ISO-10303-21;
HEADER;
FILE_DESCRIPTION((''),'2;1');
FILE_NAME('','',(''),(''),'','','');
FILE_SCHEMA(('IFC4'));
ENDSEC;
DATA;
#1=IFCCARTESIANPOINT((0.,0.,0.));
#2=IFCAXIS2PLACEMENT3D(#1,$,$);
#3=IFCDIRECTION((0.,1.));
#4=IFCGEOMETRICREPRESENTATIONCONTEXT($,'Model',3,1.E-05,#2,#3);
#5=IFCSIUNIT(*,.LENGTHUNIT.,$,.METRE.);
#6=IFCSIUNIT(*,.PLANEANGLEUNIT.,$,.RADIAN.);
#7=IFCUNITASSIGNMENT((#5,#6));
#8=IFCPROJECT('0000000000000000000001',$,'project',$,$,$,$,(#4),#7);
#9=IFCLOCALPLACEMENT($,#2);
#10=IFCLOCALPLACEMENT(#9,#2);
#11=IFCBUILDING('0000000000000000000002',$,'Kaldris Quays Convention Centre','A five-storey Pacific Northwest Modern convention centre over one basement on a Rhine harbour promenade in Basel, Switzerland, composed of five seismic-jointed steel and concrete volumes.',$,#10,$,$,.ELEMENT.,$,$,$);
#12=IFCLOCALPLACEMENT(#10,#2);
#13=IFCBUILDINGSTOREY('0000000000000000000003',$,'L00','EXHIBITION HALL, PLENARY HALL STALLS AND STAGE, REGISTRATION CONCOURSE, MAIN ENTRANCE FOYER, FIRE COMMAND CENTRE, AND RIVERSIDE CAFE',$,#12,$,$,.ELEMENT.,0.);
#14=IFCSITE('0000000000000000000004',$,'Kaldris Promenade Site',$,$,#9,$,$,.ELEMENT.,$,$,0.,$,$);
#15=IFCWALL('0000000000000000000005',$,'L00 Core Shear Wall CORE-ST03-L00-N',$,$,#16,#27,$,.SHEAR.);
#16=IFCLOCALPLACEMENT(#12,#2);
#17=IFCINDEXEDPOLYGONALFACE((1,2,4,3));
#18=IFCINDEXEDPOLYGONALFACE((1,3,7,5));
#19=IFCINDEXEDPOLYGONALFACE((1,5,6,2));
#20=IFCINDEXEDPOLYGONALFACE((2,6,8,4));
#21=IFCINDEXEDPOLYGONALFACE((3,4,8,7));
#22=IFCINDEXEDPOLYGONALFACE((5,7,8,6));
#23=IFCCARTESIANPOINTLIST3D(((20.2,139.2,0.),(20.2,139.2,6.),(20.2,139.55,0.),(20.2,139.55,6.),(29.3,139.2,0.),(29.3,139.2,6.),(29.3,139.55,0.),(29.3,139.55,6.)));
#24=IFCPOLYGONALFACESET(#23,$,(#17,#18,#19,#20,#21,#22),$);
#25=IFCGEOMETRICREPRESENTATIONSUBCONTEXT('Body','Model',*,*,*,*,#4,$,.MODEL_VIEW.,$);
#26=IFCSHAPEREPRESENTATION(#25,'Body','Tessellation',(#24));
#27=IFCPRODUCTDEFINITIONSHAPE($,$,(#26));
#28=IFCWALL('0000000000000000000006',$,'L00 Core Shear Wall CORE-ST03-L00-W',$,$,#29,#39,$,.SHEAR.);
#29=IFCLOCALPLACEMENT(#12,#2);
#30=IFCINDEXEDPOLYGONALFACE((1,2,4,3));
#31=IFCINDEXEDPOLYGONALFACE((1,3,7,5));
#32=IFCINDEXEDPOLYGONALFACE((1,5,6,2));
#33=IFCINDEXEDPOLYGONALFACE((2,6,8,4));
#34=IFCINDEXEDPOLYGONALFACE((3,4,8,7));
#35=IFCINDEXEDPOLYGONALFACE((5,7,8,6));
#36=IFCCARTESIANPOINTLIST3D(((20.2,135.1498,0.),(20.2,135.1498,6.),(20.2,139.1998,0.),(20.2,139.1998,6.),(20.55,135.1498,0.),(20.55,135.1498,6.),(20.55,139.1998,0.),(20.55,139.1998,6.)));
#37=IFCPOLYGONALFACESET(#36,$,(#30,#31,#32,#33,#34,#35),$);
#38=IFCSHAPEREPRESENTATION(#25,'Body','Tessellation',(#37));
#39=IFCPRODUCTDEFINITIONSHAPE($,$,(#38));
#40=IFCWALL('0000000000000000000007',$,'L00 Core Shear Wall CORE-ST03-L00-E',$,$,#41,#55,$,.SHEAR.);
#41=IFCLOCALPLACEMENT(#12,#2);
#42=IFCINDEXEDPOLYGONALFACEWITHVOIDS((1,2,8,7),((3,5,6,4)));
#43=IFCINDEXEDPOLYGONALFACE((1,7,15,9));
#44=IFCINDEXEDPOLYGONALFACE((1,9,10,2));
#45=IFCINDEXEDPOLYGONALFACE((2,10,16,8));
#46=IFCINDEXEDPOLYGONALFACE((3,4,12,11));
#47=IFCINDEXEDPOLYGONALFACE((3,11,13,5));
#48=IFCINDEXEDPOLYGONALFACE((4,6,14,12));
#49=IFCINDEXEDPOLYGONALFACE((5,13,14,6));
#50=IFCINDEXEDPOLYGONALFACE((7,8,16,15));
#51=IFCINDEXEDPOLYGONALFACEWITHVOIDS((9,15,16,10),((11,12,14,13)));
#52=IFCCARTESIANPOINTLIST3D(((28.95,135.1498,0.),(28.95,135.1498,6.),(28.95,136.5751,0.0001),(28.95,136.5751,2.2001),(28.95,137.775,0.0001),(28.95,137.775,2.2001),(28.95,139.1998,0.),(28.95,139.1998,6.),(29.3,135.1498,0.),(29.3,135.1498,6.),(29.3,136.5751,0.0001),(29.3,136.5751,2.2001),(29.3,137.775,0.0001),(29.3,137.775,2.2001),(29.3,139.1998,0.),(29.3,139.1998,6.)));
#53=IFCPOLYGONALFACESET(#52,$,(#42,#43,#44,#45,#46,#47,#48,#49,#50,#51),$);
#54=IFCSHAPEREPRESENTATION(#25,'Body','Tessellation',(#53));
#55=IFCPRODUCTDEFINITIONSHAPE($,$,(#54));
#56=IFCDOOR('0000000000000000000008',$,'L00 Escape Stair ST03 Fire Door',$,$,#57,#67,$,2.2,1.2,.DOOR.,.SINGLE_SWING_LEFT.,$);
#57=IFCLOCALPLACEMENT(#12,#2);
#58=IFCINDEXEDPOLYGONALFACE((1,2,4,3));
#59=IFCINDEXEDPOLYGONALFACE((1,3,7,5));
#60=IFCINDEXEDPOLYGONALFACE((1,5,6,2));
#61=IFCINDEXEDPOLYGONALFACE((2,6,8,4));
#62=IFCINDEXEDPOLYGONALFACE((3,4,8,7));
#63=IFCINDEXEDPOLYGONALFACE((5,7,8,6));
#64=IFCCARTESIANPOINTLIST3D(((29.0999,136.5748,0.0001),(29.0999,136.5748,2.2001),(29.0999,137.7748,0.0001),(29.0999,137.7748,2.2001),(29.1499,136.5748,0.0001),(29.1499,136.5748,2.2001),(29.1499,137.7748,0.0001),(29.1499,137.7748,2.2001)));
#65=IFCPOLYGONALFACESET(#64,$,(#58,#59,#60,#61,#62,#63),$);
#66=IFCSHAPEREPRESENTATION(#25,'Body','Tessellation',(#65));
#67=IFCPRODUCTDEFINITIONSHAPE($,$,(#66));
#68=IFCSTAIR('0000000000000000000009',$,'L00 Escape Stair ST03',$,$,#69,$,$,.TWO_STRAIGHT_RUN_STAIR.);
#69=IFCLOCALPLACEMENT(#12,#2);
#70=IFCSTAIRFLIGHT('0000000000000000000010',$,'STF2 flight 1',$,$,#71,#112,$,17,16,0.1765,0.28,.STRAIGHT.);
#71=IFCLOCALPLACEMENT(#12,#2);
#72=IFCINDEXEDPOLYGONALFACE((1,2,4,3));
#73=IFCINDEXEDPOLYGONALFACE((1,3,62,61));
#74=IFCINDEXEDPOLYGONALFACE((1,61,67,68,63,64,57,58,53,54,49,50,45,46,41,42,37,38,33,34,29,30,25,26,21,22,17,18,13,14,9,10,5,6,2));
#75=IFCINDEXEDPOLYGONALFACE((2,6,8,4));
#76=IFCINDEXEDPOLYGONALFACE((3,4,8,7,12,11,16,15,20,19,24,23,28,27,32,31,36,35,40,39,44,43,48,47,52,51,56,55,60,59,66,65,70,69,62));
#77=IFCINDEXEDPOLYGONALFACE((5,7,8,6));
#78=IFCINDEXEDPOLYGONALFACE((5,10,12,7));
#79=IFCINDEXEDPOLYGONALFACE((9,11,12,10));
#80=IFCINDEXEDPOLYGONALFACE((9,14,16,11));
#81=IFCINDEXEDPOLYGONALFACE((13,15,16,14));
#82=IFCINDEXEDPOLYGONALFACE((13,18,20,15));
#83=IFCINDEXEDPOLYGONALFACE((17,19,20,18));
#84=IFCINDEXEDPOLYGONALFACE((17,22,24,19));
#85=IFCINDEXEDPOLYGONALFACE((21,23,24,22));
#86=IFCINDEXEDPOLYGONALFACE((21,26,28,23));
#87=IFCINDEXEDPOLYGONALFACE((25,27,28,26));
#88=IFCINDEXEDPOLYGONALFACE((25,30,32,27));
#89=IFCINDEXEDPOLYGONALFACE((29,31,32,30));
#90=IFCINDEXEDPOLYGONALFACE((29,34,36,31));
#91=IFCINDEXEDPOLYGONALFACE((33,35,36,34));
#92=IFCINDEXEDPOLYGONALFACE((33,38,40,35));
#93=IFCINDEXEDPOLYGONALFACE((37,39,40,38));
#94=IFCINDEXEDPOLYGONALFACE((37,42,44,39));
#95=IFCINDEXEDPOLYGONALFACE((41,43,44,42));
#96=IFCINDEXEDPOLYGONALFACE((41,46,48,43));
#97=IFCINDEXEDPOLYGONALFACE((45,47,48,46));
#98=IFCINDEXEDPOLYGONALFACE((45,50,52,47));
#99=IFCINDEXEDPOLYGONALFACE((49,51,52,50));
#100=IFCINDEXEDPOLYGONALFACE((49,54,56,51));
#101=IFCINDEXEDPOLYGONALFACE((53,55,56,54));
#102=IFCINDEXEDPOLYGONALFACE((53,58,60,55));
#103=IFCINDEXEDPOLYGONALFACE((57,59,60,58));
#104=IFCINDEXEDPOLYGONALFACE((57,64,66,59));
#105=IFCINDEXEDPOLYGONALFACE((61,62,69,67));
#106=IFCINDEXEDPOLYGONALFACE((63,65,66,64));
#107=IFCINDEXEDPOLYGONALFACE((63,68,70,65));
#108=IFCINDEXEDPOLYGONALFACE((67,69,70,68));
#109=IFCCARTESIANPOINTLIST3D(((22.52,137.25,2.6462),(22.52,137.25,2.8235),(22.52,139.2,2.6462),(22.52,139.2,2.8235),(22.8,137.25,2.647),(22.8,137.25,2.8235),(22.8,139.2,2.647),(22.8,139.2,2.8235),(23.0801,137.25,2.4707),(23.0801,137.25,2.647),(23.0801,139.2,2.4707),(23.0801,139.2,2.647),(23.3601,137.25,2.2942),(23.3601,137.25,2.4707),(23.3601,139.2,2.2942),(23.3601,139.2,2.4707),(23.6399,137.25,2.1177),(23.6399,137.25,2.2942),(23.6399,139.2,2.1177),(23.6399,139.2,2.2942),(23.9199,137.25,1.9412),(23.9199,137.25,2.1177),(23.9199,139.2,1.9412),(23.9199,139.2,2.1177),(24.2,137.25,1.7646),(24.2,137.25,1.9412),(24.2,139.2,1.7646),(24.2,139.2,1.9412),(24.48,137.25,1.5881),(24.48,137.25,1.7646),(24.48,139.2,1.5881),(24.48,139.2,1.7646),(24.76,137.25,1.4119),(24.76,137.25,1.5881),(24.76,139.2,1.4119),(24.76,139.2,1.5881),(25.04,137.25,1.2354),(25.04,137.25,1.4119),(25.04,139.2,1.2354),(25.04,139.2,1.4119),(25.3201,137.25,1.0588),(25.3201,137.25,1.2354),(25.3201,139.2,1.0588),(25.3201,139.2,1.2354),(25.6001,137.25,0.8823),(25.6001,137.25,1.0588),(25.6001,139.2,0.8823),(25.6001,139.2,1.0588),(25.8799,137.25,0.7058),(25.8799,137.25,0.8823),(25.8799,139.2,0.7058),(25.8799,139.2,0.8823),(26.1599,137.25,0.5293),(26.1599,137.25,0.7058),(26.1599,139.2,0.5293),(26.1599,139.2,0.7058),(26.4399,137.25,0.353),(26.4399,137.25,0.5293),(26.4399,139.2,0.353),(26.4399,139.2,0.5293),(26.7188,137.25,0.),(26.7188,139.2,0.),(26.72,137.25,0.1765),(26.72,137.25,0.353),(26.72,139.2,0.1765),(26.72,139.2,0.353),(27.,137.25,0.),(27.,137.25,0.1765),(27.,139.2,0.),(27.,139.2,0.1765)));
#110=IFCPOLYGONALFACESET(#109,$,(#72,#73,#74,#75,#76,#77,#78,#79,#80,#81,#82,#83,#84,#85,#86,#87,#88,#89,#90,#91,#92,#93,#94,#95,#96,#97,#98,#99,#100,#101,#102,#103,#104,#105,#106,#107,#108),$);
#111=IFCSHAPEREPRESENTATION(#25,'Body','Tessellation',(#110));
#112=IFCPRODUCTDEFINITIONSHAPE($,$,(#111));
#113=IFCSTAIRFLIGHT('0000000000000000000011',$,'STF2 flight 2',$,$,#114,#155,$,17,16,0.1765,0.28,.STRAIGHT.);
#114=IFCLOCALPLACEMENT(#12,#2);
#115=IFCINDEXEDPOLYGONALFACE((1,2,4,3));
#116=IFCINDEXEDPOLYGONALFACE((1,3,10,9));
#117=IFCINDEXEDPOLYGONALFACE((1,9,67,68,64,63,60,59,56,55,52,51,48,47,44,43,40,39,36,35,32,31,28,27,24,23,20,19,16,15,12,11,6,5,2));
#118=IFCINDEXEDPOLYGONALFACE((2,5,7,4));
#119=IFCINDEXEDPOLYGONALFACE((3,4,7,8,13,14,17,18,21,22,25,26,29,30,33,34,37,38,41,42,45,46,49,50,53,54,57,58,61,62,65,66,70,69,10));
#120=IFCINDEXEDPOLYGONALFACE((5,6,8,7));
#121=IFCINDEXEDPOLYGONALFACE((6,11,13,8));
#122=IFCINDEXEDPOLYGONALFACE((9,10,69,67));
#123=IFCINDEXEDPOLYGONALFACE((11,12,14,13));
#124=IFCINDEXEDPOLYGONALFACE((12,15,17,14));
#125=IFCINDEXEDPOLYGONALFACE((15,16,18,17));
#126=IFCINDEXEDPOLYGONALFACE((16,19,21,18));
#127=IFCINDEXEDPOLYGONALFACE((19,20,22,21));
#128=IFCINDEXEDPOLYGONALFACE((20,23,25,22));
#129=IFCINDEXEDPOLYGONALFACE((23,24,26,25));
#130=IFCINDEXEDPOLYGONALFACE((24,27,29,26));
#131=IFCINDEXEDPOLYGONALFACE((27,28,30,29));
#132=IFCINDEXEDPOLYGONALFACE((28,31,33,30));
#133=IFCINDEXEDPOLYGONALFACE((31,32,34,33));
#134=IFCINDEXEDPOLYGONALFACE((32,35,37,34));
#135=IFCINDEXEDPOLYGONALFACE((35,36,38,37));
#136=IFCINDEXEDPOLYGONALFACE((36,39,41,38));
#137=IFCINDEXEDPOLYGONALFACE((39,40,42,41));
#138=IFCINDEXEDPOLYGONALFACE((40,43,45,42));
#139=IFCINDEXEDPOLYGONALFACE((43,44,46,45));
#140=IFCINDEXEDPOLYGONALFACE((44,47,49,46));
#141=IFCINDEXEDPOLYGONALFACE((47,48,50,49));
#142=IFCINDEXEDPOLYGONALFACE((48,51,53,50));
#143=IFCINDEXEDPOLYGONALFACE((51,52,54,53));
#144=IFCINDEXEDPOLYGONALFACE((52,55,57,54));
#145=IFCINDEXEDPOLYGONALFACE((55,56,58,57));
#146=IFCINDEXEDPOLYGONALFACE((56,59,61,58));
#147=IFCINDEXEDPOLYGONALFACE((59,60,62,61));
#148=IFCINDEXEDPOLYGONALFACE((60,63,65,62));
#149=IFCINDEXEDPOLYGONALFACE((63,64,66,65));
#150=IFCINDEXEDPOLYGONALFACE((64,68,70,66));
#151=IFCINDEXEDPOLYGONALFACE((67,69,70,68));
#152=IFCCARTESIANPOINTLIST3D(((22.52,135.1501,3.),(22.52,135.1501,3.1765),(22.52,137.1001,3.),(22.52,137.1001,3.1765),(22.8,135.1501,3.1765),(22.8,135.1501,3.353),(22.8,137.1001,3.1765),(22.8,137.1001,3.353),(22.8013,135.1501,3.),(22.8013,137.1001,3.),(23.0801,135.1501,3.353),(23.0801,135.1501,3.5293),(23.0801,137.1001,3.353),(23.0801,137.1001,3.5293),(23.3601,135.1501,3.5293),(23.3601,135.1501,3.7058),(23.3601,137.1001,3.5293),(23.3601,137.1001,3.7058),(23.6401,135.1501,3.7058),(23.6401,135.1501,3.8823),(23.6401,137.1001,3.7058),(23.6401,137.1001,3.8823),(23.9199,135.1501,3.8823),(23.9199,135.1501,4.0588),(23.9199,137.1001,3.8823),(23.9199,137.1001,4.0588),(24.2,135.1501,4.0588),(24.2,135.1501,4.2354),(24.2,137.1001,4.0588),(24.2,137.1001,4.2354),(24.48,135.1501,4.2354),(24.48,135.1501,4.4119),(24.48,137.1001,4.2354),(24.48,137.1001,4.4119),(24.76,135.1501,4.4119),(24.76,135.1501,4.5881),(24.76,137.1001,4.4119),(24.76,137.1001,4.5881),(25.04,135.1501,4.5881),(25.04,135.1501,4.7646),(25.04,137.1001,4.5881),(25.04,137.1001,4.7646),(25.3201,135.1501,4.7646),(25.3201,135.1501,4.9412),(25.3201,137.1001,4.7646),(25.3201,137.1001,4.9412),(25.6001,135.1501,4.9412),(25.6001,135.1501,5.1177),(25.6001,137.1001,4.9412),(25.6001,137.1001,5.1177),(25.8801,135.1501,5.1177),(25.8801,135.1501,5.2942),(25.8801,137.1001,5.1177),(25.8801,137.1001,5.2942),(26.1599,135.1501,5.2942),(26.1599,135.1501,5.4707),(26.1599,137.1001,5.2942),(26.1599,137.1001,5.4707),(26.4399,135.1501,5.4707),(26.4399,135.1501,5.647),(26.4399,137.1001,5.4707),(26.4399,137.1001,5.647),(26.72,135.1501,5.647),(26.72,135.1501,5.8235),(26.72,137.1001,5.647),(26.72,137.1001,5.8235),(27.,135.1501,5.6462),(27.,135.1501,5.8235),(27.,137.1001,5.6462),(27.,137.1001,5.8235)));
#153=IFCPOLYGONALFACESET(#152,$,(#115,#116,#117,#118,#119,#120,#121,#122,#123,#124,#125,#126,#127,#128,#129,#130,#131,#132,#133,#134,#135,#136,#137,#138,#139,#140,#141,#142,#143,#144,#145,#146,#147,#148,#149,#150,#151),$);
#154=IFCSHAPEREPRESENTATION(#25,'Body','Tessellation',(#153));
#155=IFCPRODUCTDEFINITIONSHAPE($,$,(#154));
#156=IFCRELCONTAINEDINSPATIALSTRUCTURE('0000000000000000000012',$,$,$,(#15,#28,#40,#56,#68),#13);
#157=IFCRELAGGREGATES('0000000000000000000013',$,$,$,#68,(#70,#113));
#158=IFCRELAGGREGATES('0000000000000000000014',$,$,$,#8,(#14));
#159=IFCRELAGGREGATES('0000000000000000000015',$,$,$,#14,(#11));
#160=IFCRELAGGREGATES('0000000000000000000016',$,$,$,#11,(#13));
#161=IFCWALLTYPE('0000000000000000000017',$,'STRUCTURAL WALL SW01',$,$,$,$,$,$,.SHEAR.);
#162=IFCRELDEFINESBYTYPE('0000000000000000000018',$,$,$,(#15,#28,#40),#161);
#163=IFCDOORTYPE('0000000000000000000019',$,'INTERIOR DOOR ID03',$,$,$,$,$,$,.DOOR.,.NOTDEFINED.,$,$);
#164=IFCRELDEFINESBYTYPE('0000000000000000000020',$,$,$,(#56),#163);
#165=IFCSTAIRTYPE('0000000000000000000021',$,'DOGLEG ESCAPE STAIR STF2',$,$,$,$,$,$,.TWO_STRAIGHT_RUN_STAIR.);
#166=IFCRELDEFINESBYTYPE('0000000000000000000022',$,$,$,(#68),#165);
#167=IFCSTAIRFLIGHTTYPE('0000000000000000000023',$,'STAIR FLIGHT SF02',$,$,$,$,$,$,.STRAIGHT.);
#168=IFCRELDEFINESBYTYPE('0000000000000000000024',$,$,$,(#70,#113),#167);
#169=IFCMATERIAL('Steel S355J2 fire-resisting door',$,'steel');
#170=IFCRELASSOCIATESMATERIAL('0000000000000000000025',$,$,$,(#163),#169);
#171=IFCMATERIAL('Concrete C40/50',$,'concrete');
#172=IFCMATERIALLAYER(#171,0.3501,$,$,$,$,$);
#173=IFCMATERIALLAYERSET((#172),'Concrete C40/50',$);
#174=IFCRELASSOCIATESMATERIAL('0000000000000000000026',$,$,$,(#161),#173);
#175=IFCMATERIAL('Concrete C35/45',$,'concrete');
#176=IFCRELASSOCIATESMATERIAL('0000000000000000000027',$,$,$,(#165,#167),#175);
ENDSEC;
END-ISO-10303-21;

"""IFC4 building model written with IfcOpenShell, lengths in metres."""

from ifc_helpers import new_model, si_unit, direction, frame, frame_2d, origin, place, context, subcontext, project, spatial, polyline, rectangle, outline, extrude, material, layer, layer_set, type_object, element, fill, aggregate, save


model = new_model("IFC4")

# Units and contexts
model_context = context("Model", 3, precision=1e-05, world=origin(), true_north=direction((0.0, 1.0)))
body_context = subcontext(model_context, "Body", "Model", "MODEL_VIEW")
ifc_project = project(units=[si_unit("LENGTHUNIT", "METRE"), si_unit("PLANEANGLEUNIT", "RADIAN")], contexts=[model_context])

# Site, building, storey
site_placement = place(None, origin())
site = spatial("IfcSite", under=ifc_project, at=site_placement, Name="Kaldris Promenade Site", CompositionType="ELEMENT", RefElevation=0.0)
building_placement = place(site_placement, origin())
building = spatial("IfcBuilding", under=site, at=building_placement, Name="Kaldris Quays Convention Centre", Description="A five-storey Pacific Northwest Modern convention centre over one basement on a Rhine harbour promenade in Basel, Switzerland, composed of five seismic-jointed steel and concrete volumes.", CompositionType="ELEMENT")
storey_placement = place(building_placement, origin())
storey = spatial("IfcBuildingStorey", under=building, at=storey_placement, Name="L00", Description="EXHIBITION HALL, PLENARY HALL STALLS AND STAGE, REGISTRATION CONCOURSE, MAIN ENTRANCE FOYER, FIRE COMMAND CENTRE, AND RIVERSIDE CAFE", CompositionType="ELEMENT", Elevation=0.0)

# Shared definitions
ifc_material_1 = material(Name="Concrete C35/45", Category="concrete")

# Shared definitions
ifc_material_2 = material(Name="Steel S355J2 fire-resisting door", Category="steel")
door_type_1 = type_object("IfcDoorType", Name="INTERIOR DOOR ID03", OperationType="NOTDEFINED", PredefinedType="DOOR", material=ifc_material_2)

# Walls
ifc_material_3 = material(Name="Concrete C40/50", Category="concrete")
ifc_layer_1 = layer(ifc_material_3, 0.3501)
ifc_layer_set_1 = layer_set([ifc_layer_1], Name="Concrete C40/50")
wall_type_1 = type_object("IfcWallType", Name="STRUCTURAL WALL SW01", PredefinedType="SHEAR", material=ifc_layer_set_1)
for number, where, z_axis, x_axis, name in (
    (1, (20.2, 139.375, 0.0), (0.0, 0.0, 1.0), (1.0, 0.0, 0.0), "L00 Core Shear Wall CORE-ST03-L00-N"),
):
    element("IfcWall", number, at=place(storey_placement, frame(where, z_axis=z_axis, x_axis=x_axis)), inside=storey, type_object=wall_type_1, Name=name, PredefinedType="SHEAR", context=body_context, shape_type="SweptSolid", body=[
        extrude(rectangle(XDim=9.1001, YDim=0.3501, at=frame_2d((4.55, 0.0))), origin(), (0.0, 0.0, 1.0), 6.0),
    ])
wall_1_placement = place(storey_placement, frame((20.375, 135.1499, 0.0), z_axis=(0.0, 0.0, 1.0), x_axis=(0.0, 1.0, 0.0)))
element("IfcWall", 2, at=wall_1_placement, inside=storey, type_object=wall_type_1, Name="L00 Core Shear Wall CORE-ST03-L00-W", PredefinedType="SHEAR", context=body_context, shape_type="SweptSolid", body=[
    extrude(rectangle(XDim=4.05, YDim=0.3501, at=frame_2d((2.0249, 0.0))), origin(), (0.0, 0.0, 1.0), 6.0),
])

# Wall, opening, door
wall_2_placement = place(storey_placement, frame((29.125, 135.1499, 0.0), z_axis=(0.0, 0.0, 1.0), x_axis=(0.0, 1.0, 0.0)))
wall_2 = element("IfcWall", 3, at=wall_2_placement, inside=storey, type_object=wall_type_1, Name="L00 Core Shear Wall CORE-ST03-L00-E", PredefinedType="SHEAR", context=body_context, shape_type="SweptSolid", body=[
    extrude(rectangle(XDim=4.05, YDim=0.3501, at=frame_2d((2.0249, 0.0))), origin(), (0.0, 0.0, 1.0), 6.0),
])
opening_1_placement = place(wall_2_placement, frame((1.425, 0.0, 0.0)))
opening_1 = element("IfcOpeningElement", 4, at=opening_1_placement, cuts=wall_2, PredefinedType="OPENING", context=body_context, shape_type="SweptSolid", body=[
    extrude(rectangle(XDim=1.2, YDim=2.2, at=frame_2d((0.6001, 1.1001))), frame((0.0, 0.1851, 0.0), z_axis=(0.0, -1.0, 0.0), x_axis=(1.0, 0.0, 0.0)), (0.0, 0.0, 1.0), 0.3701),
])
door_1_placement = place(opening_1_placement, frame((1.2, 0.0, 0.0), z_axis=(0.0, 0.0, 1.0), x_axis=(-1.0, 0.0, 0.0)))
door_1 = element("IfcDoor", 5, at=door_1_placement, inside=storey, type_object=door_type_1, Name="L00 Escape Stair ST03 Fire Door", OperationType="SINGLE_SWING_LEFT", OverallHeight=2.2, OverallWidth=1.2, PredefinedType="DOOR", context=body_context, shape_type="SweptSolid", body=[
    extrude(rectangle(XDim=1.2, YDim=2.2, at=frame_2d((0.6001, 1.1001))), frame((0.0, 0.0249, 0.0), z_axis=(0.0, -1.0, 0.0), x_axis=(1.0, 0.0, 0.0)), (0.0, 0.0, 1.0), 0.05),
])
fill(opening_1, door_1)

# Stair, stair flights
stair_type = type_object("IfcStairType", Name="DOGLEG ESCAPE STAIR STF2", PredefinedType="TWO_STRAIGHT_RUN_STAIR", material=ifc_material_1)
stair_placement = place(storey_placement, origin())
stair = element("IfcStair", 6, at=stair_placement, inside=storey, type_object=stair_type, Name="L00 Escape Stair ST03", PredefinedType="TWO_STRAIGHT_RUN_STAIR")
stair_flight_type = type_object("IfcStairFlightType", Name="STAIR FLIGHT SF02", PredefinedType="STRAIGHT", material=ifc_material_1)
stair_flight_1_placement = place(storey_placement, frame((27.0, 138.2251, 0.0), z_axis=(0.0, 0.0, 1.0), x_axis=(-1.0, 0.0, 0.0)))
stair_flight_1 = element("IfcStairFlight", 7, at=stair_flight_1_placement, type_object=stair_flight_type, Name="STF2 flight 1", NumberOfRisers=17, NumberOfTreads=16, PredefinedType="STRAIGHT", RiserHeight=0.1765, TreadLength=0.28, context=body_context, shape_type="SweptSolid", body=[
    extrude(outline(polyline([(0.0, 0.0), (0.0, 0.1765), (0.28, 0.1765), (0.28, 0.353), (0.5601, 0.353), (0.5601, 0.5293), (0.8401, 0.5293), (0.8401, 0.7058), (1.1201, 0.7058), (1.1201, 0.8823), (1.3999, 0.8823), (1.3999, 1.0588), (1.6799, 1.0588), (1.6799, 1.2354), (1.96, 1.2354), (1.96, 1.4119), (2.24, 1.4119), (2.24, 1.5881), (2.52, 1.5881), (2.52, 1.7646), (2.8, 1.7646), (2.8, 1.9412), (3.0801, 1.9412), (3.0801, 2.1177), (3.3601, 2.1177), (3.3601, 2.2942), (3.6399, 2.2942), (3.6399, 2.4707), (3.9199, 2.4707), (3.9199, 2.647), (4.2, 2.647), (4.2, 2.8235), (4.48, 2.8235), (4.48, 3.0), (4.48, 2.6462), (0.2812, 0.0), (0.0, 0.0)])), frame((0.0, 0.9751, 0.0), z_axis=(0.0, -1.0, 0.0), x_axis=(1.0, 0.0, 0.0)), (0.0, 0.0, 1.0), 1.95),
])
stair_flight_2_placement = place(storey_placement, frame((22.52, 136.125, 3.0), z_axis=(0.0, 0.0, 1.0), x_axis=(1.0, 0.0, 0.0)))
stair_flight_2 = element("IfcStairFlight", 8, at=stair_flight_2_placement, type_object=stair_flight_type, Name="STF2 flight 2", NumberOfRisers=17, NumberOfTreads=16, PredefinedType="STRAIGHT", RiserHeight=0.1765, TreadLength=0.28, context=body_context, shape_type="SweptSolid", body=[
    extrude(outline(polyline([(0.0, 0.0), (0.0, 0.1765), (0.28, 0.1765), (0.28, 0.353), (0.5601, 0.353), (0.5601, 0.5293), (0.8401, 0.5293), (0.8401, 0.7058), (1.1201, 0.7058), (1.1201, 0.8823), (1.3999, 0.8823), (1.3999, 1.0588), (1.6799, 1.0588), (1.6799, 1.2354), (1.96, 1.2354), (1.96, 1.4119), (2.24, 1.4119), (2.24, 1.5881), (2.52, 1.5881), (2.52, 1.7646), (2.8, 1.7646), (2.8, 1.9412), (3.0801, 1.9412), (3.0801, 2.1177), (3.3601, 2.1177), (3.3601, 2.2942), (3.6399, 2.2942), (3.6399, 2.4707), (3.9199, 2.4707), (3.9199, 2.647), (4.2, 2.647), (4.2, 2.8235), (4.48, 2.8235), (4.48, 3.0), (4.48, 2.6462), (0.2812, 0.0), (0.0, 0.0)])), frame((0.0, 0.9751, 0.0), z_axis=(0.0, -1.0, 0.0), x_axis=(1.0, 0.0, 0.0)), (0.0, 0.0, 1.0), 1.95),
])
aggregate(stair, [stair_flight_1, stair_flight_2])

save(model, "model.ifc")
